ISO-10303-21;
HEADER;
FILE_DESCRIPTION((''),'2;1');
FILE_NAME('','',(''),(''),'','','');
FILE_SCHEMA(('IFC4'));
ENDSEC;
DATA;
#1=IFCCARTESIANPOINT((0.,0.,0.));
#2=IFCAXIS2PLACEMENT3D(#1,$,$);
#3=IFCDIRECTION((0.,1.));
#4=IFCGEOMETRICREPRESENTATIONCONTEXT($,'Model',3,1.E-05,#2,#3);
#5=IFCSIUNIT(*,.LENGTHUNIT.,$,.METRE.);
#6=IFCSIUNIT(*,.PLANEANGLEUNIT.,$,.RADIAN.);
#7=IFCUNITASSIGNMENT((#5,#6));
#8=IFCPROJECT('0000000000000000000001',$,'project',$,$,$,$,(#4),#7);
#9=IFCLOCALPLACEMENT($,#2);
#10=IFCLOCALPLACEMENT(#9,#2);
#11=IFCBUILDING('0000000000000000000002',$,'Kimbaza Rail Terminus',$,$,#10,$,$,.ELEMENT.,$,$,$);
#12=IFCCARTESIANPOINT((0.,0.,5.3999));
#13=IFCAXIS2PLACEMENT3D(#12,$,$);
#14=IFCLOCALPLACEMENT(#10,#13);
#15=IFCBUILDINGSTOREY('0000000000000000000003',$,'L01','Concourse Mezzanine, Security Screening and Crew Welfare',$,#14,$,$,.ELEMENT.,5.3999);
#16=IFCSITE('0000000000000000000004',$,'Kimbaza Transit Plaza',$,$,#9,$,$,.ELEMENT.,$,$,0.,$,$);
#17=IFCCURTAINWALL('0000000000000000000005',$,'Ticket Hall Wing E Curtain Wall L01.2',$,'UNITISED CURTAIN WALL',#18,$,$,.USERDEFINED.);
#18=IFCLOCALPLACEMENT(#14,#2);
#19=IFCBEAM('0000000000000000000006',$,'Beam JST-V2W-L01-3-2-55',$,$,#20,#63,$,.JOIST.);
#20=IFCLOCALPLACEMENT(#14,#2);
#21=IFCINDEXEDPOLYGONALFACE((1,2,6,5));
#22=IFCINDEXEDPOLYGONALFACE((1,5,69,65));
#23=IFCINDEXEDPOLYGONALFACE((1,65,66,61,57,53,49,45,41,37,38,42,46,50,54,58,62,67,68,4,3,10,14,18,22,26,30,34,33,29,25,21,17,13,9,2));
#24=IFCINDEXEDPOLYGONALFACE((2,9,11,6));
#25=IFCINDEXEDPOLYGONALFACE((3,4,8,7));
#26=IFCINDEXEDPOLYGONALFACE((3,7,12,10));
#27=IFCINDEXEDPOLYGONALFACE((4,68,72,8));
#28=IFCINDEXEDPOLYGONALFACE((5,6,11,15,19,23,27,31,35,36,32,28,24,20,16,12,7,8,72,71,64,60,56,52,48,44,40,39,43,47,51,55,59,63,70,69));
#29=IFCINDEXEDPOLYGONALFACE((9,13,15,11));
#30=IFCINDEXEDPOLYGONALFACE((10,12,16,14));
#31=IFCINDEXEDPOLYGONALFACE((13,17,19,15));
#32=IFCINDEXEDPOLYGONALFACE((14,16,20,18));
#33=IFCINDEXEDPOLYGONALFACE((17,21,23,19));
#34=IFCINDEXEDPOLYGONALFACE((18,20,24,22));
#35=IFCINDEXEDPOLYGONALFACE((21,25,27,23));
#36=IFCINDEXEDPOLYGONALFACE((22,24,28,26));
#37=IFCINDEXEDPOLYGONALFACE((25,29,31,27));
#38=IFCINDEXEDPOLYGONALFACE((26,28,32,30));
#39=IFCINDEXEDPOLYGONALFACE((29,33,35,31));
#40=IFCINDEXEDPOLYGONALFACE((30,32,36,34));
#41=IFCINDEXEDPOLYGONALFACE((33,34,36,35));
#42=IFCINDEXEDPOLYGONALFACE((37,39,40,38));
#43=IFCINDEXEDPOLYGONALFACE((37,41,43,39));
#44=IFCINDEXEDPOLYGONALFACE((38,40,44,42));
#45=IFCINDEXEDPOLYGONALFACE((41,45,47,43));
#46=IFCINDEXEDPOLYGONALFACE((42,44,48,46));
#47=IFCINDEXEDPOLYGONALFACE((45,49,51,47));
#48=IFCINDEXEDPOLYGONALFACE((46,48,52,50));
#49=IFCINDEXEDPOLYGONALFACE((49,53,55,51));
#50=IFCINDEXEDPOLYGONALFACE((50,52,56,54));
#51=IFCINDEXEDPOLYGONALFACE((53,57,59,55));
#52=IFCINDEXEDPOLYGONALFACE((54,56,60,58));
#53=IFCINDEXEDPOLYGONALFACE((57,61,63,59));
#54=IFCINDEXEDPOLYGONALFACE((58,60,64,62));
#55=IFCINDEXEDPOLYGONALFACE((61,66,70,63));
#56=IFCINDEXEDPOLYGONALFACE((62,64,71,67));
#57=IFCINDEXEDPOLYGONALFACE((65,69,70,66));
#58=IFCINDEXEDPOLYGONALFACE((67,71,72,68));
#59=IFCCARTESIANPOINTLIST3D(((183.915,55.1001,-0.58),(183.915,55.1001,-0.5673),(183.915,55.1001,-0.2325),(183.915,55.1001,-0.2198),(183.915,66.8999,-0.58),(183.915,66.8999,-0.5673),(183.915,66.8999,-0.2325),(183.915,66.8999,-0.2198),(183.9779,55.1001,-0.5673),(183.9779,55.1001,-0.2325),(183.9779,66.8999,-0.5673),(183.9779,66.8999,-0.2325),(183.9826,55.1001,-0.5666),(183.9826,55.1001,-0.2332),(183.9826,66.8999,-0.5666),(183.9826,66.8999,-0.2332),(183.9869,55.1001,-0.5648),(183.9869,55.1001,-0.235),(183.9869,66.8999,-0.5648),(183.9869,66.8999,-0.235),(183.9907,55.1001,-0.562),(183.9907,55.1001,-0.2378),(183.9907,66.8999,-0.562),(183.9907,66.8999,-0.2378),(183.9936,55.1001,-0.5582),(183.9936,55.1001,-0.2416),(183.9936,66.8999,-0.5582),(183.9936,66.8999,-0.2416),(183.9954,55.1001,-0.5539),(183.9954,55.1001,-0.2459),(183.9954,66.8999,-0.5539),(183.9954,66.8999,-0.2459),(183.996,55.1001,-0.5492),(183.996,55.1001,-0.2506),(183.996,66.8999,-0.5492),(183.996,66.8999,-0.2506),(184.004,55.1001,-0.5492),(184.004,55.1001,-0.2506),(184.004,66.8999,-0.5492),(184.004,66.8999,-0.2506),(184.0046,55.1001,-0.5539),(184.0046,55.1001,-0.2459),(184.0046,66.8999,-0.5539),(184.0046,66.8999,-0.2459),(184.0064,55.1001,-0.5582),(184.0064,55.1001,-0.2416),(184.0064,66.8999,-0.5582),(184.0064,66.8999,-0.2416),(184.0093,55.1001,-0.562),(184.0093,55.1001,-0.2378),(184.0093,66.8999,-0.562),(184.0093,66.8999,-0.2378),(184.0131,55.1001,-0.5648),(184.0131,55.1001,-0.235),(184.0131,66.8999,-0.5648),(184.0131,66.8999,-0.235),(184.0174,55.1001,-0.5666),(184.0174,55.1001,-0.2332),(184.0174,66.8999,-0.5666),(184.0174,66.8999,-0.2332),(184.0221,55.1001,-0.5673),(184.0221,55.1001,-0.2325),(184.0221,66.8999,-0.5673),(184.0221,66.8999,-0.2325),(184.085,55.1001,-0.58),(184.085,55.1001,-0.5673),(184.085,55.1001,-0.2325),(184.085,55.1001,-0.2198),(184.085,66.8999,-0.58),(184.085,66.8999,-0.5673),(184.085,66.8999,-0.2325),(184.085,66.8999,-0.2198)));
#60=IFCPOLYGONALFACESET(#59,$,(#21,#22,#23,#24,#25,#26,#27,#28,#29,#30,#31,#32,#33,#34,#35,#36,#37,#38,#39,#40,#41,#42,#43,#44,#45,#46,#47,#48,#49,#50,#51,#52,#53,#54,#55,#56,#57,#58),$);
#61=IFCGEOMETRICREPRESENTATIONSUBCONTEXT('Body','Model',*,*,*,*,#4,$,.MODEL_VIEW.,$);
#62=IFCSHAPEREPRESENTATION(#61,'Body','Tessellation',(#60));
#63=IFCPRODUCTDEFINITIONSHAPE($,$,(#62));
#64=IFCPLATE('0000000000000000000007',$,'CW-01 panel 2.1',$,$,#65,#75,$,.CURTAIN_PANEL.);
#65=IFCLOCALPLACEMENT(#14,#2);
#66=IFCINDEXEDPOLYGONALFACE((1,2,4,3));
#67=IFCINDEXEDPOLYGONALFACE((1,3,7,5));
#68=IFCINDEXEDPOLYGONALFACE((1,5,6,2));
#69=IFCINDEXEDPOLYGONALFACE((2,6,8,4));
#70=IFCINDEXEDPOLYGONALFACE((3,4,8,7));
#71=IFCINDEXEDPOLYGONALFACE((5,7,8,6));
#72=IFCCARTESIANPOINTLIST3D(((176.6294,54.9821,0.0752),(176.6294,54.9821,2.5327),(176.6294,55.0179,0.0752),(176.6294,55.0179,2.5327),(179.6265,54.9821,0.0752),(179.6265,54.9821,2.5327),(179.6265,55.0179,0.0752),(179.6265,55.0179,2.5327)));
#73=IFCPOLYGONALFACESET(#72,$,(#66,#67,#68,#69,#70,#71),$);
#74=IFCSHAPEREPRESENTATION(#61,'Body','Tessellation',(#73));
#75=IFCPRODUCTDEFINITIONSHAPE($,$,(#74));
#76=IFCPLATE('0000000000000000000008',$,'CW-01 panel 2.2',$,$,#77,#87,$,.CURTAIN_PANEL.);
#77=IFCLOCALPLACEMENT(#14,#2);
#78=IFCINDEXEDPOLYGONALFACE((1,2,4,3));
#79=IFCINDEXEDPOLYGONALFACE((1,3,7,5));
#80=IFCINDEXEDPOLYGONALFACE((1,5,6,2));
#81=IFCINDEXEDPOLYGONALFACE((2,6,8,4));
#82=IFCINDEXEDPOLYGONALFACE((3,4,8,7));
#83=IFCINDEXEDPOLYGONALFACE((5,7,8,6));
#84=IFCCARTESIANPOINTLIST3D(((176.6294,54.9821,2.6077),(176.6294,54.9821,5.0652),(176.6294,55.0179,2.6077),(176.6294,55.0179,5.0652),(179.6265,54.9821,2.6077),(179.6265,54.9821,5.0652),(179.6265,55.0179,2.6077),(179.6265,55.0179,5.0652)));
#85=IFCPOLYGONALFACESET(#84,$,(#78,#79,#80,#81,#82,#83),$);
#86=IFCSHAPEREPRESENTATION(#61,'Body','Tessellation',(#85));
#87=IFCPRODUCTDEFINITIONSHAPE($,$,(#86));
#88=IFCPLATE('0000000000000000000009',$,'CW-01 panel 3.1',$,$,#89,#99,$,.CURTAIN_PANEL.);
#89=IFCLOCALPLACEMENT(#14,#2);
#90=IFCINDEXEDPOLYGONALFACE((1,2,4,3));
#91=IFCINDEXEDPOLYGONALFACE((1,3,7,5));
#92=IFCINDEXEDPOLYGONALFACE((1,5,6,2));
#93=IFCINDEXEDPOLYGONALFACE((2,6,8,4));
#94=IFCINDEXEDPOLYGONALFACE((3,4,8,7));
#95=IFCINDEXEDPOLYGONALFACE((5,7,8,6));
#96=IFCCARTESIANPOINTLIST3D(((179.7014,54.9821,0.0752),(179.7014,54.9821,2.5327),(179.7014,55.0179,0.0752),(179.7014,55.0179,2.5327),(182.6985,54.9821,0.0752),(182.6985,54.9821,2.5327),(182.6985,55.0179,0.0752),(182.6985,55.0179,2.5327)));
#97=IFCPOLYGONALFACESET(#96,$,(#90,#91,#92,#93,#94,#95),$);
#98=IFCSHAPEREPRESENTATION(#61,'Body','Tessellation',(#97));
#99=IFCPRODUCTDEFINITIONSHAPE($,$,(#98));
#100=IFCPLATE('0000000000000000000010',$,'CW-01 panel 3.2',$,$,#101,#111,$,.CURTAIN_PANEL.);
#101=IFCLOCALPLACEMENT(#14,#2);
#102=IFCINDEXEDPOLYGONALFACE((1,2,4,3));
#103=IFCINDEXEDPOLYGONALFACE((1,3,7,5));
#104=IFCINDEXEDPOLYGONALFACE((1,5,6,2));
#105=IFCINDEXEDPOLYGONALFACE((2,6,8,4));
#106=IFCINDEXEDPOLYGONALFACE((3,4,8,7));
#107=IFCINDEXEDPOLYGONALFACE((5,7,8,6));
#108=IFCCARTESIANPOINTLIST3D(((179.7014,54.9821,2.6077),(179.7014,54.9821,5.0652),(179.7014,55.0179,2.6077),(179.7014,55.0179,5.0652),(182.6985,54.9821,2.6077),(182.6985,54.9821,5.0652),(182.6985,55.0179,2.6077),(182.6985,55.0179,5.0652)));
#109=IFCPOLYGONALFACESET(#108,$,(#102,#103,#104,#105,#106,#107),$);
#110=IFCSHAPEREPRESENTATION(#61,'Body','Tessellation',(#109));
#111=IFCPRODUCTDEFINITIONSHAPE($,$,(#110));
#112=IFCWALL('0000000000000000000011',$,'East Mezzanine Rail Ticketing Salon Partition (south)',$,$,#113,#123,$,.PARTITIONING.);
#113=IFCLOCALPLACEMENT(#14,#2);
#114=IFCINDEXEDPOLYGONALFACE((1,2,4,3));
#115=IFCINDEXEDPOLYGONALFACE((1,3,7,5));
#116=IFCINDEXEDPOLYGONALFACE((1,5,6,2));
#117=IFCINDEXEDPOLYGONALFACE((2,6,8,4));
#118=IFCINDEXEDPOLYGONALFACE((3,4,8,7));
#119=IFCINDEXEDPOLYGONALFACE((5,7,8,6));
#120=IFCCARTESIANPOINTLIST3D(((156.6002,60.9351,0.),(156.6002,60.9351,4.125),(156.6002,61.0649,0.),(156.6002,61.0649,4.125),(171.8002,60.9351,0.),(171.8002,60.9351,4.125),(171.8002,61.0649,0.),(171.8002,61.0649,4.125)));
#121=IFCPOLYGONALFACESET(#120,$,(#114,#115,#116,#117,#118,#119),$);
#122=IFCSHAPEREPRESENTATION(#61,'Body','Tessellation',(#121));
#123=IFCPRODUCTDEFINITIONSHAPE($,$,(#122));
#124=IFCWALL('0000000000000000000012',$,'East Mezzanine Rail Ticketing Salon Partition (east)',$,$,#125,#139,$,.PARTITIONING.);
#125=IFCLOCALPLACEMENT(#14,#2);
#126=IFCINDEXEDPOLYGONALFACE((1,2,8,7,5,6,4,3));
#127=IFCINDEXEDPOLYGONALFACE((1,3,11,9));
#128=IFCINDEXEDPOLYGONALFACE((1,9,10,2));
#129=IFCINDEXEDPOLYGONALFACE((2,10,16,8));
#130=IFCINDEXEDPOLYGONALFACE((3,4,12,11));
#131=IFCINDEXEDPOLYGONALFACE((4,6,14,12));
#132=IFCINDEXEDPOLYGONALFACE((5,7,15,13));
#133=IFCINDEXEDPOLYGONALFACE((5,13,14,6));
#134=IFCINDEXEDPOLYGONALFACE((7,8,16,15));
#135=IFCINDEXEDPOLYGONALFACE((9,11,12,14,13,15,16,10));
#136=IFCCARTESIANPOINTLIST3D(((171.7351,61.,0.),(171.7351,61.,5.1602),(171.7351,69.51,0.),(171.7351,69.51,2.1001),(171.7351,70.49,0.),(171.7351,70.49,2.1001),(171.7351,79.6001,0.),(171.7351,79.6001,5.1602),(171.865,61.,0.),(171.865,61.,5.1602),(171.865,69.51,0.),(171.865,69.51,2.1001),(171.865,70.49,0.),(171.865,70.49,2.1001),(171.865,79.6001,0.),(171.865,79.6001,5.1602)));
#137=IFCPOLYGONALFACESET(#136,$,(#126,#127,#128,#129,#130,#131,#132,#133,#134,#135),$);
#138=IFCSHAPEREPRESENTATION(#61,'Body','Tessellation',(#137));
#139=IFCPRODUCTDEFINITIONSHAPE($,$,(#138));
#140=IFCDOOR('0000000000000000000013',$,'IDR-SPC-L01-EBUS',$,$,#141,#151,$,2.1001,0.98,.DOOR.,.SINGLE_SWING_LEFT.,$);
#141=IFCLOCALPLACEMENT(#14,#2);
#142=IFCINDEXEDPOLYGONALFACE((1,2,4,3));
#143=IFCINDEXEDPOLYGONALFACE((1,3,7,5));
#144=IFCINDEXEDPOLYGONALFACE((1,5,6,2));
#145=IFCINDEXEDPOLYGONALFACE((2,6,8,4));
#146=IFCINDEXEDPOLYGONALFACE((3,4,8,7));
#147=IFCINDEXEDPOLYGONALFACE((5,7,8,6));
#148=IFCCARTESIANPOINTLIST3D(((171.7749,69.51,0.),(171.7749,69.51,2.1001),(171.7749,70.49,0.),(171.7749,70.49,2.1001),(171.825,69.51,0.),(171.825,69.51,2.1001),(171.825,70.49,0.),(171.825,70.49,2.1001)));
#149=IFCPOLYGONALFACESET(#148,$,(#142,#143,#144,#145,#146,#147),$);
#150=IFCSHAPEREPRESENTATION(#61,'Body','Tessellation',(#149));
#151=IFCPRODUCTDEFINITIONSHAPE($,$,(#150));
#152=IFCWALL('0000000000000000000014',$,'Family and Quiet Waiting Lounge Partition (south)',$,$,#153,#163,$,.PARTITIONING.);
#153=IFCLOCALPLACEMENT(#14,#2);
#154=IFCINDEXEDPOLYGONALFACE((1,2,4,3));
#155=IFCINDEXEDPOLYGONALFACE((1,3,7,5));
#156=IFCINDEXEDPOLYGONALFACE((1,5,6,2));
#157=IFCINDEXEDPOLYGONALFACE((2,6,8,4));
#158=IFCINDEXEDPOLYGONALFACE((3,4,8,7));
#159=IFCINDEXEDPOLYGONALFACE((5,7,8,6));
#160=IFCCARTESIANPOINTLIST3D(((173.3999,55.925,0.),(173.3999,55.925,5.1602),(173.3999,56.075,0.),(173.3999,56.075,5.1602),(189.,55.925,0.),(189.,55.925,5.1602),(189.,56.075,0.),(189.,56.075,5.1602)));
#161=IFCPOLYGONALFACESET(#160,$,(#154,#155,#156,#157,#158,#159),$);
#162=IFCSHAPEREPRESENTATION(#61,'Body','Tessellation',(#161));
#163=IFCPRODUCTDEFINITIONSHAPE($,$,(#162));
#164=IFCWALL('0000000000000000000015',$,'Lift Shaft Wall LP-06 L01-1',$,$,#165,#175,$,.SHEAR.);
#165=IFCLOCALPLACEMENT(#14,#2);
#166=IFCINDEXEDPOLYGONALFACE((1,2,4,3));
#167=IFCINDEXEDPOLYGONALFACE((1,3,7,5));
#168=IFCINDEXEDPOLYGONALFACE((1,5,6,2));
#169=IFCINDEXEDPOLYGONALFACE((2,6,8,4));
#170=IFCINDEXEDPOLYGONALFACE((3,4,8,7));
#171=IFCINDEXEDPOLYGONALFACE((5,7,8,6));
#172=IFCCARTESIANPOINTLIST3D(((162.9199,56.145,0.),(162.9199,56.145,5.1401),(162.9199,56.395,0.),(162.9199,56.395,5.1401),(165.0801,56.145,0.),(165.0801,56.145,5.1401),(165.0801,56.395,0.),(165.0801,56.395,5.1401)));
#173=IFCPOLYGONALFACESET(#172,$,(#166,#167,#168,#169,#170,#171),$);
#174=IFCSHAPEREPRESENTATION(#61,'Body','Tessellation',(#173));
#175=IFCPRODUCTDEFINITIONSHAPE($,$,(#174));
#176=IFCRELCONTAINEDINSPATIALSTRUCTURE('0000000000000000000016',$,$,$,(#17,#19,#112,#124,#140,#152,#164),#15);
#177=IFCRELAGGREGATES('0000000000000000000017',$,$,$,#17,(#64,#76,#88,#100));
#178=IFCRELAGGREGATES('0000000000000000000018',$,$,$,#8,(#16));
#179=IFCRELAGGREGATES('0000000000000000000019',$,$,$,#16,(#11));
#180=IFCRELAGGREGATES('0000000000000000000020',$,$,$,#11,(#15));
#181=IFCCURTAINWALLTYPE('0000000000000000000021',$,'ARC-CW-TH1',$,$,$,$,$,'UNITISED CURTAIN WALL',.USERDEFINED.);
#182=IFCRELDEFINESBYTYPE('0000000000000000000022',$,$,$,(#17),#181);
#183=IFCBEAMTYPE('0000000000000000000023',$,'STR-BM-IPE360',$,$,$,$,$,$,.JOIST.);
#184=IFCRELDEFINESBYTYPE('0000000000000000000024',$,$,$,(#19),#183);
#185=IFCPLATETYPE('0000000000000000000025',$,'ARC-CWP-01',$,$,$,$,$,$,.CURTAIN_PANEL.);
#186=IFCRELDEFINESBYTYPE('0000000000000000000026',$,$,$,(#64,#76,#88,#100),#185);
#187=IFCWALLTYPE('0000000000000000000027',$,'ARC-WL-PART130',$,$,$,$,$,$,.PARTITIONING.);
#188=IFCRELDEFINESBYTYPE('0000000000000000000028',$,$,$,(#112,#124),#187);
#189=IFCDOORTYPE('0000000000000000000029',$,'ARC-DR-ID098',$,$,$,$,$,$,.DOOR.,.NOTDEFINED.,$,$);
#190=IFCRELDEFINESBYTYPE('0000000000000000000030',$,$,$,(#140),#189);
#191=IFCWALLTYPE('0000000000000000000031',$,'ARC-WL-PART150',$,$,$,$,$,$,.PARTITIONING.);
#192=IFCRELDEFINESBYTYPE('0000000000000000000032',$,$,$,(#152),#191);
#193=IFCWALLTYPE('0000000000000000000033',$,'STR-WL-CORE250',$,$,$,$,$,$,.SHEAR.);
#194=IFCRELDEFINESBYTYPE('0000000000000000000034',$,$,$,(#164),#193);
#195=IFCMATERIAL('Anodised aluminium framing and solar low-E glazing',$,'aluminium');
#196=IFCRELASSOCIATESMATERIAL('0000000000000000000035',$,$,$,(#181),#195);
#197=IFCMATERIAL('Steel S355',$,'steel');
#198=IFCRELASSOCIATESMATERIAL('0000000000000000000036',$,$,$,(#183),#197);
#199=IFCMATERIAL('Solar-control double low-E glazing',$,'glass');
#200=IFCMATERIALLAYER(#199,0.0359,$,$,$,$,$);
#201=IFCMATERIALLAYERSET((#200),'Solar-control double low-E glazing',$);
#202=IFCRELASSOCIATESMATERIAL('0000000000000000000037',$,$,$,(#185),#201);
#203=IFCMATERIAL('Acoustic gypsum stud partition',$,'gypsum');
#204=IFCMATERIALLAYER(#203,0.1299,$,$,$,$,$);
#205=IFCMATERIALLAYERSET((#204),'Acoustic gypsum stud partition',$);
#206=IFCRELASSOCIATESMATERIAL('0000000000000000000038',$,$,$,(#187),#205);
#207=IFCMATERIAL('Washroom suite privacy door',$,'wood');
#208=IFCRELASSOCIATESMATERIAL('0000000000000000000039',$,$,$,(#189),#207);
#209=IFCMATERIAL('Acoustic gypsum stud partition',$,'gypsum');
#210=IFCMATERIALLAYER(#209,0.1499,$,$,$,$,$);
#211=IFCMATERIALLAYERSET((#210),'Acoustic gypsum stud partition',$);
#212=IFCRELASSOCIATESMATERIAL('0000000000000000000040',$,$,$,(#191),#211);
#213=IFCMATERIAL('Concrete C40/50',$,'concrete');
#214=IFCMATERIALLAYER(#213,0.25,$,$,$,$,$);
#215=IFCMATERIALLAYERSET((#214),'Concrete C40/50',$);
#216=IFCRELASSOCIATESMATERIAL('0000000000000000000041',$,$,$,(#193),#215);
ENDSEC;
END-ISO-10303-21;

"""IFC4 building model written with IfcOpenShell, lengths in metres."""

from ifc_helpers import new_model, si_unit, direction, frame, frame_2d, origin, origin_2d, place, context, subcontext, project, spatial, rectangle, i_section, extrude, material, layer, layer_set, material_profile, profile_set, type_object, element, fill, aggregate, save


model = new_model("IFC4")

# Units and contexts
model_context = context("Model", 3, precision=1e-05, world=origin(), true_north=direction((0.0, 1.0)))
body_context = subcontext(model_context, "Body", "Model", "MODEL_VIEW")
ifc_project = project(units=[si_unit("LENGTHUNIT", "METRE"), si_unit("PLANEANGLEUNIT", "RADIAN")], contexts=[model_context])

# Site, building, storey
site_placement = place(None, origin())
site = spatial("IfcSite", under=ifc_project, at=site_placement, Name="Kimbaza Transit Plaza", CompositionType="ELEMENT", RefElevation=0.0)
building_placement = place(site_placement, origin())
building = spatial("IfcBuilding", under=site, at=building_placement, Name="Kimbaza Rail Terminus", CompositionType="ELEMENT")
storey_placement = place(building_placement, frame((0.0, 0.0, 5.3999)))
storey = spatial("IfcBuildingStorey", under=building, at=storey_placement, Name="L01", Description="Concourse Mezzanine, Security Screening and Crew Welfare", CompositionType="ELEMENT", Elevation=5.3999)

# Curtain wall
ifc_material_1 = material(Name="Anodised aluminium framing and solar low-E glazing", Category="aluminium")
curtain_wall_type = type_object("IfcCurtainWallType", Name="ARC-CW-TH1", ElementType="UNITISED CURTAIN WALL", PredefinedType="USERDEFINED", material=ifc_material_1)
curtain_wall_placement = place(storey_placement, origin())
curtain_wall = element("IfcCurtainWall", 1, at=curtain_wall_placement, inside=storey, type_object=curtain_wall_type, Name="Ticket Hall Wing E Curtain Wall L01.2", ObjectType="UNITISED CURTAIN WALL", PredefinedType="USERDEFINED")

# Beam
ifc_material_2 = material(Name="Steel S355", Category="steel")
ifc_material_profile_1 = material_profile(ifc_material_2, i_section(OverallWidth=0.1699, OverallDepth=0.3601, WebThickness=0.0081, FlangeThickness=0.0127, FilletRadius=0.0181, at=origin_2d()), Name="IPE 360")
ifc_profile_set_1 = profile_set([ifc_material_profile_1], Name="Steel S355")
beam_type_1 = type_object("IfcBeamType", Name="STR-BM-IPE360", PredefinedType="JOIST", material=ifc_profile_set_1)
for number, where, z_axis, x_axis, name in (
    (2, (184.0, 55.1001, -0.3999), (0.0, 1.0, 0.0), (-1.0, 0.0, 0.0), "Beam JST-V2W-L01-3-2-55"),
):
    element("IfcBeam", number, at=place(storey_placement, frame(where, z_axis=z_axis, x_axis=x_axis)), inside=storey, type_object=beam_type_1, Name=name, PredefinedType="JOIST", context=body_context, shape_type="SweptSolid", body=[
        extrude(i_section(OverallWidth=0.1699, OverallDepth=0.3601, WebThickness=0.0081, FlangeThickness=0.0127, FilletRadius=0.0181, at=origin_2d()), origin(), (0.0, 0.0, 1.0), 11.7998),
    ])

# Plates
ifc_material_3 = material(Name="Solar-control double low-E glazing", Category="glass")
ifc_layer_1 = layer(ifc_material_3, 0.0359)
ifc_layer_set_1 = layer_set([ifc_layer_1], Name="Solar-control double low-E glazing")
plate_type = type_object("IfcPlateType", Name="ARC-CWP-01", PredefinedType="CURTAIN_PANEL", material=ifc_layer_set_1)
plate_1_placement = place(storey_placement, frame((178.1279, 55.0, 0.0752), z_axis=(0.0, 0.0, 1.0), x_axis=(1.0, 0.0, 0.0)))
plate_1 = element("IfcPlate", 3, at=plate_1_placement, type_object=plate_type, Name="CW-01 panel 2.1", PredefinedType="CURTAIN_PANEL", context=body_context, shape_type="SweptSolid", body=[
    extrude(rectangle(XDim=2.9971, YDim=0.0359, at=origin_2d()), origin(), (0.0, 0.0, 1.0), 2.4575),
])
plate_2_placement = place(storey_placement, frame((178.1279, 55.0, 2.6077), z_axis=(0.0, 0.0, 1.0), x_axis=(1.0, 0.0, 0.0)))
plate_2 = element("IfcPlate", 4, at=plate_2_placement, type_object=plate_type, Name="CW-01 panel 2.2", PredefinedType="CURTAIN_PANEL", context=body_context, shape_type="SweptSolid", body=[
    extrude(rectangle(XDim=2.9971, YDim=0.0359, at=origin_2d()), origin(), (0.0, 0.0, 1.0), 2.4575),
])
plate_3_placement = place(storey_placement, frame((181.2, 55.0, 0.0752), z_axis=(0.0, 0.0, 1.0), x_axis=(1.0, 0.0, 0.0)))
plate_3 = element("IfcPlate", 5, at=plate_3_placement, type_object=plate_type, Name="CW-01 panel 3.1", PredefinedType="CURTAIN_PANEL", context=body_context, shape_type="SweptSolid", body=[
    extrude(rectangle(XDim=2.9971, YDim=0.0359, at=origin_2d()), origin(), (0.0, 0.0, 1.0), 2.4575),
])
plate_4_placement = place(storey_placement, frame((181.2, 55.0, 2.6077), z_axis=(0.0, 0.0, 1.0), x_axis=(1.0, 0.0, 0.0)))
plate_4 = element("IfcPlate", 6, at=plate_4_placement, type_object=plate_type, Name="CW-01 panel 3.2", PredefinedType="CURTAIN_PANEL", context=body_context, shape_type="SweptSolid", body=[
    extrude(rectangle(XDim=2.9971, YDim=0.0359, at=origin_2d()), origin(), (0.0, 0.0, 1.0), 2.4575),
])
aggregate(curtain_wall, [plate_1, plate_2, plate_3, plate_4])

# Wall
ifc_material_4 = material(Name="Acoustic gypsum stud partition", Category="gypsum")
ifc_layer_2 = layer(ifc_material_4, 0.1299)
ifc_layer_set_2 = layer_set([ifc_layer_2], Name="Acoustic gypsum stud partition")
wall_type_1 = type_object("IfcWallType", Name="ARC-WL-PART130", PredefinedType="PARTITIONING", material=ifc_layer_set_2)
wall_1_placement = place(storey_placement, frame((156.6001, 61.0, 0.0), z_axis=(0.0, 0.0, 1.0), x_axis=(1.0, 0.0, 0.0)))
element("IfcWall", 7, at=wall_1_placement, inside=storey, type_object=wall_type_1, Name="East Mezzanine Rail Ticketing Salon Partition (south)", PredefinedType="PARTITIONING", context=body_context, shape_type="SweptSolid", body=[
    extrude(rectangle(XDim=15.2, YDim=0.1299, at=frame_2d((7.6001, 0.0))), origin(), (0.0, 0.0, 1.0), 4.125),
])

# Wall, opening, door
wall_2_placement = place(storey_placement, frame((171.8, 61.0, 0.0), z_axis=(0.0, 0.0, 1.0), x_axis=(0.0, 1.0, 0.0)))
wall_2 = element("IfcWall", 8, at=wall_2_placement, inside=storey, type_object=wall_type_1, Name="East Mezzanine Rail Ticketing Salon Partition (east)", PredefinedType="PARTITIONING", context=body_context, shape_type="SweptSolid", body=[
    extrude(rectangle(XDim=18.6001, YDim=0.1299, at=frame_2d((9.3, 0.0))), origin(), (0.0, 0.0, 1.0), 5.1602),
])
opening_1_placement = place(wall_2_placement, frame((9.49, 0.0, 0.0), z_axis=(0.0, 0.0, 1.0), x_axis=(-1.0, 0.0, 0.0)))
opening_1 = element("IfcOpeningElement", 9, at=opening_1_placement, cuts=wall_2, PredefinedType="OPENING", context=body_context, shape_type="SweptSolid", body=[
    extrude(rectangle(XDim=0.98, YDim=2.1001, at=frame_2d((0.49, 1.05))), frame((0.0, 0.075, 0.0), z_axis=(0.0, -1.0, 0.0), x_axis=(1.0, 0.0, 0.0)), (0.0, 0.0, 1.0), 0.1499),
])
ifc_material_5 = material(Name="Washroom suite privacy door", Category="wood")
door_type_1 = type_object("IfcDoorType", Name="ARC-DR-ID098", OperationType="NOTDEFINED", PredefinedType="DOOR", material=ifc_material_5)
door_1_placement = place(opening_1_placement, origin())
door_1 = element("IfcDoor", 10, at=door_1_placement, inside=storey, type_object=door_type_1, Name="IDR-SPC-L01-EBUS", OperationType="SINGLE_SWING_LEFT", OverallHeight=2.1001, OverallWidth=0.98, PredefinedType="DOOR", context=body_context, shape_type="SweptSolid", body=[
    extrude(rectangle(XDim=0.98, YDim=2.1001, at=frame_2d((0.49, 1.05))), frame((0.0, 0.0249, 0.0), z_axis=(0.0, -1.0, 0.0), x_axis=(1.0, 0.0, 0.0)), (0.0, 0.0, 1.0), 0.05),
])
fill(opening_1, door_1)

# Walls
ifc_material_6 = material(Name="Acoustic gypsum stud partition", Category="gypsum")
ifc_layer_3 = layer(ifc_material_6, 0.1499)
ifc_layer_set_3 = layer_set([ifc_layer_3], Name="Acoustic gypsum stud partition")
wall_type_2 = type_object("IfcWallType", Name="ARC-WL-PART150", PredefinedType="PARTITIONING", material=ifc_layer_set_3)
wall_3_placement = place(storey_placement, frame((173.3999, 56.0, 0.0), z_axis=(0.0, 0.0, 1.0), x_axis=(1.0, 0.0, 0.0)))
element("IfcWall", 11, at=wall_3_placement, inside=storey, type_object=wall_type_2, Name="Family and Quiet Waiting Lounge Partition (south)", PredefinedType="PARTITIONING", context=body_context, shape_type="SweptSolid", body=[
    extrude(rectangle(XDim=15.6001, YDim=0.1499, at=frame_2d((7.8, 0.0))), origin(), (0.0, 0.0, 1.0), 5.1602),
])
ifc_material_7 = material(Name="Concrete C40/50", Category="concrete")
ifc_layer_4 = layer(ifc_material_7, 0.25)
ifc_layer_set_4 = layer_set([ifc_layer_4], Name="Concrete C40/50")
wall_type_3 = type_object("IfcWallType", Name="STR-WL-CORE250", PredefinedType="SHEAR", material=ifc_layer_set_4)
wall_4_placement = place(storey_placement, frame((162.9199, 56.27, 0.0), z_axis=(0.0, 0.0, 1.0), x_axis=(1.0, 0.0, 0.0)))
element("IfcWall", 12, at=wall_4_placement, inside=storey, type_object=wall_type_3, Name="Lift Shaft Wall LP-06 L01-1", PredefinedType="SHEAR", context=body_context, shape_type="SweptSolid", body=[
    extrude(rectangle(XDim=2.1602, YDim=0.25, at=frame_2d((1.0801, 0.0))), origin(), (0.0, 0.0, 1.0), 5.1401),
])

save(model, "model.ifc")
